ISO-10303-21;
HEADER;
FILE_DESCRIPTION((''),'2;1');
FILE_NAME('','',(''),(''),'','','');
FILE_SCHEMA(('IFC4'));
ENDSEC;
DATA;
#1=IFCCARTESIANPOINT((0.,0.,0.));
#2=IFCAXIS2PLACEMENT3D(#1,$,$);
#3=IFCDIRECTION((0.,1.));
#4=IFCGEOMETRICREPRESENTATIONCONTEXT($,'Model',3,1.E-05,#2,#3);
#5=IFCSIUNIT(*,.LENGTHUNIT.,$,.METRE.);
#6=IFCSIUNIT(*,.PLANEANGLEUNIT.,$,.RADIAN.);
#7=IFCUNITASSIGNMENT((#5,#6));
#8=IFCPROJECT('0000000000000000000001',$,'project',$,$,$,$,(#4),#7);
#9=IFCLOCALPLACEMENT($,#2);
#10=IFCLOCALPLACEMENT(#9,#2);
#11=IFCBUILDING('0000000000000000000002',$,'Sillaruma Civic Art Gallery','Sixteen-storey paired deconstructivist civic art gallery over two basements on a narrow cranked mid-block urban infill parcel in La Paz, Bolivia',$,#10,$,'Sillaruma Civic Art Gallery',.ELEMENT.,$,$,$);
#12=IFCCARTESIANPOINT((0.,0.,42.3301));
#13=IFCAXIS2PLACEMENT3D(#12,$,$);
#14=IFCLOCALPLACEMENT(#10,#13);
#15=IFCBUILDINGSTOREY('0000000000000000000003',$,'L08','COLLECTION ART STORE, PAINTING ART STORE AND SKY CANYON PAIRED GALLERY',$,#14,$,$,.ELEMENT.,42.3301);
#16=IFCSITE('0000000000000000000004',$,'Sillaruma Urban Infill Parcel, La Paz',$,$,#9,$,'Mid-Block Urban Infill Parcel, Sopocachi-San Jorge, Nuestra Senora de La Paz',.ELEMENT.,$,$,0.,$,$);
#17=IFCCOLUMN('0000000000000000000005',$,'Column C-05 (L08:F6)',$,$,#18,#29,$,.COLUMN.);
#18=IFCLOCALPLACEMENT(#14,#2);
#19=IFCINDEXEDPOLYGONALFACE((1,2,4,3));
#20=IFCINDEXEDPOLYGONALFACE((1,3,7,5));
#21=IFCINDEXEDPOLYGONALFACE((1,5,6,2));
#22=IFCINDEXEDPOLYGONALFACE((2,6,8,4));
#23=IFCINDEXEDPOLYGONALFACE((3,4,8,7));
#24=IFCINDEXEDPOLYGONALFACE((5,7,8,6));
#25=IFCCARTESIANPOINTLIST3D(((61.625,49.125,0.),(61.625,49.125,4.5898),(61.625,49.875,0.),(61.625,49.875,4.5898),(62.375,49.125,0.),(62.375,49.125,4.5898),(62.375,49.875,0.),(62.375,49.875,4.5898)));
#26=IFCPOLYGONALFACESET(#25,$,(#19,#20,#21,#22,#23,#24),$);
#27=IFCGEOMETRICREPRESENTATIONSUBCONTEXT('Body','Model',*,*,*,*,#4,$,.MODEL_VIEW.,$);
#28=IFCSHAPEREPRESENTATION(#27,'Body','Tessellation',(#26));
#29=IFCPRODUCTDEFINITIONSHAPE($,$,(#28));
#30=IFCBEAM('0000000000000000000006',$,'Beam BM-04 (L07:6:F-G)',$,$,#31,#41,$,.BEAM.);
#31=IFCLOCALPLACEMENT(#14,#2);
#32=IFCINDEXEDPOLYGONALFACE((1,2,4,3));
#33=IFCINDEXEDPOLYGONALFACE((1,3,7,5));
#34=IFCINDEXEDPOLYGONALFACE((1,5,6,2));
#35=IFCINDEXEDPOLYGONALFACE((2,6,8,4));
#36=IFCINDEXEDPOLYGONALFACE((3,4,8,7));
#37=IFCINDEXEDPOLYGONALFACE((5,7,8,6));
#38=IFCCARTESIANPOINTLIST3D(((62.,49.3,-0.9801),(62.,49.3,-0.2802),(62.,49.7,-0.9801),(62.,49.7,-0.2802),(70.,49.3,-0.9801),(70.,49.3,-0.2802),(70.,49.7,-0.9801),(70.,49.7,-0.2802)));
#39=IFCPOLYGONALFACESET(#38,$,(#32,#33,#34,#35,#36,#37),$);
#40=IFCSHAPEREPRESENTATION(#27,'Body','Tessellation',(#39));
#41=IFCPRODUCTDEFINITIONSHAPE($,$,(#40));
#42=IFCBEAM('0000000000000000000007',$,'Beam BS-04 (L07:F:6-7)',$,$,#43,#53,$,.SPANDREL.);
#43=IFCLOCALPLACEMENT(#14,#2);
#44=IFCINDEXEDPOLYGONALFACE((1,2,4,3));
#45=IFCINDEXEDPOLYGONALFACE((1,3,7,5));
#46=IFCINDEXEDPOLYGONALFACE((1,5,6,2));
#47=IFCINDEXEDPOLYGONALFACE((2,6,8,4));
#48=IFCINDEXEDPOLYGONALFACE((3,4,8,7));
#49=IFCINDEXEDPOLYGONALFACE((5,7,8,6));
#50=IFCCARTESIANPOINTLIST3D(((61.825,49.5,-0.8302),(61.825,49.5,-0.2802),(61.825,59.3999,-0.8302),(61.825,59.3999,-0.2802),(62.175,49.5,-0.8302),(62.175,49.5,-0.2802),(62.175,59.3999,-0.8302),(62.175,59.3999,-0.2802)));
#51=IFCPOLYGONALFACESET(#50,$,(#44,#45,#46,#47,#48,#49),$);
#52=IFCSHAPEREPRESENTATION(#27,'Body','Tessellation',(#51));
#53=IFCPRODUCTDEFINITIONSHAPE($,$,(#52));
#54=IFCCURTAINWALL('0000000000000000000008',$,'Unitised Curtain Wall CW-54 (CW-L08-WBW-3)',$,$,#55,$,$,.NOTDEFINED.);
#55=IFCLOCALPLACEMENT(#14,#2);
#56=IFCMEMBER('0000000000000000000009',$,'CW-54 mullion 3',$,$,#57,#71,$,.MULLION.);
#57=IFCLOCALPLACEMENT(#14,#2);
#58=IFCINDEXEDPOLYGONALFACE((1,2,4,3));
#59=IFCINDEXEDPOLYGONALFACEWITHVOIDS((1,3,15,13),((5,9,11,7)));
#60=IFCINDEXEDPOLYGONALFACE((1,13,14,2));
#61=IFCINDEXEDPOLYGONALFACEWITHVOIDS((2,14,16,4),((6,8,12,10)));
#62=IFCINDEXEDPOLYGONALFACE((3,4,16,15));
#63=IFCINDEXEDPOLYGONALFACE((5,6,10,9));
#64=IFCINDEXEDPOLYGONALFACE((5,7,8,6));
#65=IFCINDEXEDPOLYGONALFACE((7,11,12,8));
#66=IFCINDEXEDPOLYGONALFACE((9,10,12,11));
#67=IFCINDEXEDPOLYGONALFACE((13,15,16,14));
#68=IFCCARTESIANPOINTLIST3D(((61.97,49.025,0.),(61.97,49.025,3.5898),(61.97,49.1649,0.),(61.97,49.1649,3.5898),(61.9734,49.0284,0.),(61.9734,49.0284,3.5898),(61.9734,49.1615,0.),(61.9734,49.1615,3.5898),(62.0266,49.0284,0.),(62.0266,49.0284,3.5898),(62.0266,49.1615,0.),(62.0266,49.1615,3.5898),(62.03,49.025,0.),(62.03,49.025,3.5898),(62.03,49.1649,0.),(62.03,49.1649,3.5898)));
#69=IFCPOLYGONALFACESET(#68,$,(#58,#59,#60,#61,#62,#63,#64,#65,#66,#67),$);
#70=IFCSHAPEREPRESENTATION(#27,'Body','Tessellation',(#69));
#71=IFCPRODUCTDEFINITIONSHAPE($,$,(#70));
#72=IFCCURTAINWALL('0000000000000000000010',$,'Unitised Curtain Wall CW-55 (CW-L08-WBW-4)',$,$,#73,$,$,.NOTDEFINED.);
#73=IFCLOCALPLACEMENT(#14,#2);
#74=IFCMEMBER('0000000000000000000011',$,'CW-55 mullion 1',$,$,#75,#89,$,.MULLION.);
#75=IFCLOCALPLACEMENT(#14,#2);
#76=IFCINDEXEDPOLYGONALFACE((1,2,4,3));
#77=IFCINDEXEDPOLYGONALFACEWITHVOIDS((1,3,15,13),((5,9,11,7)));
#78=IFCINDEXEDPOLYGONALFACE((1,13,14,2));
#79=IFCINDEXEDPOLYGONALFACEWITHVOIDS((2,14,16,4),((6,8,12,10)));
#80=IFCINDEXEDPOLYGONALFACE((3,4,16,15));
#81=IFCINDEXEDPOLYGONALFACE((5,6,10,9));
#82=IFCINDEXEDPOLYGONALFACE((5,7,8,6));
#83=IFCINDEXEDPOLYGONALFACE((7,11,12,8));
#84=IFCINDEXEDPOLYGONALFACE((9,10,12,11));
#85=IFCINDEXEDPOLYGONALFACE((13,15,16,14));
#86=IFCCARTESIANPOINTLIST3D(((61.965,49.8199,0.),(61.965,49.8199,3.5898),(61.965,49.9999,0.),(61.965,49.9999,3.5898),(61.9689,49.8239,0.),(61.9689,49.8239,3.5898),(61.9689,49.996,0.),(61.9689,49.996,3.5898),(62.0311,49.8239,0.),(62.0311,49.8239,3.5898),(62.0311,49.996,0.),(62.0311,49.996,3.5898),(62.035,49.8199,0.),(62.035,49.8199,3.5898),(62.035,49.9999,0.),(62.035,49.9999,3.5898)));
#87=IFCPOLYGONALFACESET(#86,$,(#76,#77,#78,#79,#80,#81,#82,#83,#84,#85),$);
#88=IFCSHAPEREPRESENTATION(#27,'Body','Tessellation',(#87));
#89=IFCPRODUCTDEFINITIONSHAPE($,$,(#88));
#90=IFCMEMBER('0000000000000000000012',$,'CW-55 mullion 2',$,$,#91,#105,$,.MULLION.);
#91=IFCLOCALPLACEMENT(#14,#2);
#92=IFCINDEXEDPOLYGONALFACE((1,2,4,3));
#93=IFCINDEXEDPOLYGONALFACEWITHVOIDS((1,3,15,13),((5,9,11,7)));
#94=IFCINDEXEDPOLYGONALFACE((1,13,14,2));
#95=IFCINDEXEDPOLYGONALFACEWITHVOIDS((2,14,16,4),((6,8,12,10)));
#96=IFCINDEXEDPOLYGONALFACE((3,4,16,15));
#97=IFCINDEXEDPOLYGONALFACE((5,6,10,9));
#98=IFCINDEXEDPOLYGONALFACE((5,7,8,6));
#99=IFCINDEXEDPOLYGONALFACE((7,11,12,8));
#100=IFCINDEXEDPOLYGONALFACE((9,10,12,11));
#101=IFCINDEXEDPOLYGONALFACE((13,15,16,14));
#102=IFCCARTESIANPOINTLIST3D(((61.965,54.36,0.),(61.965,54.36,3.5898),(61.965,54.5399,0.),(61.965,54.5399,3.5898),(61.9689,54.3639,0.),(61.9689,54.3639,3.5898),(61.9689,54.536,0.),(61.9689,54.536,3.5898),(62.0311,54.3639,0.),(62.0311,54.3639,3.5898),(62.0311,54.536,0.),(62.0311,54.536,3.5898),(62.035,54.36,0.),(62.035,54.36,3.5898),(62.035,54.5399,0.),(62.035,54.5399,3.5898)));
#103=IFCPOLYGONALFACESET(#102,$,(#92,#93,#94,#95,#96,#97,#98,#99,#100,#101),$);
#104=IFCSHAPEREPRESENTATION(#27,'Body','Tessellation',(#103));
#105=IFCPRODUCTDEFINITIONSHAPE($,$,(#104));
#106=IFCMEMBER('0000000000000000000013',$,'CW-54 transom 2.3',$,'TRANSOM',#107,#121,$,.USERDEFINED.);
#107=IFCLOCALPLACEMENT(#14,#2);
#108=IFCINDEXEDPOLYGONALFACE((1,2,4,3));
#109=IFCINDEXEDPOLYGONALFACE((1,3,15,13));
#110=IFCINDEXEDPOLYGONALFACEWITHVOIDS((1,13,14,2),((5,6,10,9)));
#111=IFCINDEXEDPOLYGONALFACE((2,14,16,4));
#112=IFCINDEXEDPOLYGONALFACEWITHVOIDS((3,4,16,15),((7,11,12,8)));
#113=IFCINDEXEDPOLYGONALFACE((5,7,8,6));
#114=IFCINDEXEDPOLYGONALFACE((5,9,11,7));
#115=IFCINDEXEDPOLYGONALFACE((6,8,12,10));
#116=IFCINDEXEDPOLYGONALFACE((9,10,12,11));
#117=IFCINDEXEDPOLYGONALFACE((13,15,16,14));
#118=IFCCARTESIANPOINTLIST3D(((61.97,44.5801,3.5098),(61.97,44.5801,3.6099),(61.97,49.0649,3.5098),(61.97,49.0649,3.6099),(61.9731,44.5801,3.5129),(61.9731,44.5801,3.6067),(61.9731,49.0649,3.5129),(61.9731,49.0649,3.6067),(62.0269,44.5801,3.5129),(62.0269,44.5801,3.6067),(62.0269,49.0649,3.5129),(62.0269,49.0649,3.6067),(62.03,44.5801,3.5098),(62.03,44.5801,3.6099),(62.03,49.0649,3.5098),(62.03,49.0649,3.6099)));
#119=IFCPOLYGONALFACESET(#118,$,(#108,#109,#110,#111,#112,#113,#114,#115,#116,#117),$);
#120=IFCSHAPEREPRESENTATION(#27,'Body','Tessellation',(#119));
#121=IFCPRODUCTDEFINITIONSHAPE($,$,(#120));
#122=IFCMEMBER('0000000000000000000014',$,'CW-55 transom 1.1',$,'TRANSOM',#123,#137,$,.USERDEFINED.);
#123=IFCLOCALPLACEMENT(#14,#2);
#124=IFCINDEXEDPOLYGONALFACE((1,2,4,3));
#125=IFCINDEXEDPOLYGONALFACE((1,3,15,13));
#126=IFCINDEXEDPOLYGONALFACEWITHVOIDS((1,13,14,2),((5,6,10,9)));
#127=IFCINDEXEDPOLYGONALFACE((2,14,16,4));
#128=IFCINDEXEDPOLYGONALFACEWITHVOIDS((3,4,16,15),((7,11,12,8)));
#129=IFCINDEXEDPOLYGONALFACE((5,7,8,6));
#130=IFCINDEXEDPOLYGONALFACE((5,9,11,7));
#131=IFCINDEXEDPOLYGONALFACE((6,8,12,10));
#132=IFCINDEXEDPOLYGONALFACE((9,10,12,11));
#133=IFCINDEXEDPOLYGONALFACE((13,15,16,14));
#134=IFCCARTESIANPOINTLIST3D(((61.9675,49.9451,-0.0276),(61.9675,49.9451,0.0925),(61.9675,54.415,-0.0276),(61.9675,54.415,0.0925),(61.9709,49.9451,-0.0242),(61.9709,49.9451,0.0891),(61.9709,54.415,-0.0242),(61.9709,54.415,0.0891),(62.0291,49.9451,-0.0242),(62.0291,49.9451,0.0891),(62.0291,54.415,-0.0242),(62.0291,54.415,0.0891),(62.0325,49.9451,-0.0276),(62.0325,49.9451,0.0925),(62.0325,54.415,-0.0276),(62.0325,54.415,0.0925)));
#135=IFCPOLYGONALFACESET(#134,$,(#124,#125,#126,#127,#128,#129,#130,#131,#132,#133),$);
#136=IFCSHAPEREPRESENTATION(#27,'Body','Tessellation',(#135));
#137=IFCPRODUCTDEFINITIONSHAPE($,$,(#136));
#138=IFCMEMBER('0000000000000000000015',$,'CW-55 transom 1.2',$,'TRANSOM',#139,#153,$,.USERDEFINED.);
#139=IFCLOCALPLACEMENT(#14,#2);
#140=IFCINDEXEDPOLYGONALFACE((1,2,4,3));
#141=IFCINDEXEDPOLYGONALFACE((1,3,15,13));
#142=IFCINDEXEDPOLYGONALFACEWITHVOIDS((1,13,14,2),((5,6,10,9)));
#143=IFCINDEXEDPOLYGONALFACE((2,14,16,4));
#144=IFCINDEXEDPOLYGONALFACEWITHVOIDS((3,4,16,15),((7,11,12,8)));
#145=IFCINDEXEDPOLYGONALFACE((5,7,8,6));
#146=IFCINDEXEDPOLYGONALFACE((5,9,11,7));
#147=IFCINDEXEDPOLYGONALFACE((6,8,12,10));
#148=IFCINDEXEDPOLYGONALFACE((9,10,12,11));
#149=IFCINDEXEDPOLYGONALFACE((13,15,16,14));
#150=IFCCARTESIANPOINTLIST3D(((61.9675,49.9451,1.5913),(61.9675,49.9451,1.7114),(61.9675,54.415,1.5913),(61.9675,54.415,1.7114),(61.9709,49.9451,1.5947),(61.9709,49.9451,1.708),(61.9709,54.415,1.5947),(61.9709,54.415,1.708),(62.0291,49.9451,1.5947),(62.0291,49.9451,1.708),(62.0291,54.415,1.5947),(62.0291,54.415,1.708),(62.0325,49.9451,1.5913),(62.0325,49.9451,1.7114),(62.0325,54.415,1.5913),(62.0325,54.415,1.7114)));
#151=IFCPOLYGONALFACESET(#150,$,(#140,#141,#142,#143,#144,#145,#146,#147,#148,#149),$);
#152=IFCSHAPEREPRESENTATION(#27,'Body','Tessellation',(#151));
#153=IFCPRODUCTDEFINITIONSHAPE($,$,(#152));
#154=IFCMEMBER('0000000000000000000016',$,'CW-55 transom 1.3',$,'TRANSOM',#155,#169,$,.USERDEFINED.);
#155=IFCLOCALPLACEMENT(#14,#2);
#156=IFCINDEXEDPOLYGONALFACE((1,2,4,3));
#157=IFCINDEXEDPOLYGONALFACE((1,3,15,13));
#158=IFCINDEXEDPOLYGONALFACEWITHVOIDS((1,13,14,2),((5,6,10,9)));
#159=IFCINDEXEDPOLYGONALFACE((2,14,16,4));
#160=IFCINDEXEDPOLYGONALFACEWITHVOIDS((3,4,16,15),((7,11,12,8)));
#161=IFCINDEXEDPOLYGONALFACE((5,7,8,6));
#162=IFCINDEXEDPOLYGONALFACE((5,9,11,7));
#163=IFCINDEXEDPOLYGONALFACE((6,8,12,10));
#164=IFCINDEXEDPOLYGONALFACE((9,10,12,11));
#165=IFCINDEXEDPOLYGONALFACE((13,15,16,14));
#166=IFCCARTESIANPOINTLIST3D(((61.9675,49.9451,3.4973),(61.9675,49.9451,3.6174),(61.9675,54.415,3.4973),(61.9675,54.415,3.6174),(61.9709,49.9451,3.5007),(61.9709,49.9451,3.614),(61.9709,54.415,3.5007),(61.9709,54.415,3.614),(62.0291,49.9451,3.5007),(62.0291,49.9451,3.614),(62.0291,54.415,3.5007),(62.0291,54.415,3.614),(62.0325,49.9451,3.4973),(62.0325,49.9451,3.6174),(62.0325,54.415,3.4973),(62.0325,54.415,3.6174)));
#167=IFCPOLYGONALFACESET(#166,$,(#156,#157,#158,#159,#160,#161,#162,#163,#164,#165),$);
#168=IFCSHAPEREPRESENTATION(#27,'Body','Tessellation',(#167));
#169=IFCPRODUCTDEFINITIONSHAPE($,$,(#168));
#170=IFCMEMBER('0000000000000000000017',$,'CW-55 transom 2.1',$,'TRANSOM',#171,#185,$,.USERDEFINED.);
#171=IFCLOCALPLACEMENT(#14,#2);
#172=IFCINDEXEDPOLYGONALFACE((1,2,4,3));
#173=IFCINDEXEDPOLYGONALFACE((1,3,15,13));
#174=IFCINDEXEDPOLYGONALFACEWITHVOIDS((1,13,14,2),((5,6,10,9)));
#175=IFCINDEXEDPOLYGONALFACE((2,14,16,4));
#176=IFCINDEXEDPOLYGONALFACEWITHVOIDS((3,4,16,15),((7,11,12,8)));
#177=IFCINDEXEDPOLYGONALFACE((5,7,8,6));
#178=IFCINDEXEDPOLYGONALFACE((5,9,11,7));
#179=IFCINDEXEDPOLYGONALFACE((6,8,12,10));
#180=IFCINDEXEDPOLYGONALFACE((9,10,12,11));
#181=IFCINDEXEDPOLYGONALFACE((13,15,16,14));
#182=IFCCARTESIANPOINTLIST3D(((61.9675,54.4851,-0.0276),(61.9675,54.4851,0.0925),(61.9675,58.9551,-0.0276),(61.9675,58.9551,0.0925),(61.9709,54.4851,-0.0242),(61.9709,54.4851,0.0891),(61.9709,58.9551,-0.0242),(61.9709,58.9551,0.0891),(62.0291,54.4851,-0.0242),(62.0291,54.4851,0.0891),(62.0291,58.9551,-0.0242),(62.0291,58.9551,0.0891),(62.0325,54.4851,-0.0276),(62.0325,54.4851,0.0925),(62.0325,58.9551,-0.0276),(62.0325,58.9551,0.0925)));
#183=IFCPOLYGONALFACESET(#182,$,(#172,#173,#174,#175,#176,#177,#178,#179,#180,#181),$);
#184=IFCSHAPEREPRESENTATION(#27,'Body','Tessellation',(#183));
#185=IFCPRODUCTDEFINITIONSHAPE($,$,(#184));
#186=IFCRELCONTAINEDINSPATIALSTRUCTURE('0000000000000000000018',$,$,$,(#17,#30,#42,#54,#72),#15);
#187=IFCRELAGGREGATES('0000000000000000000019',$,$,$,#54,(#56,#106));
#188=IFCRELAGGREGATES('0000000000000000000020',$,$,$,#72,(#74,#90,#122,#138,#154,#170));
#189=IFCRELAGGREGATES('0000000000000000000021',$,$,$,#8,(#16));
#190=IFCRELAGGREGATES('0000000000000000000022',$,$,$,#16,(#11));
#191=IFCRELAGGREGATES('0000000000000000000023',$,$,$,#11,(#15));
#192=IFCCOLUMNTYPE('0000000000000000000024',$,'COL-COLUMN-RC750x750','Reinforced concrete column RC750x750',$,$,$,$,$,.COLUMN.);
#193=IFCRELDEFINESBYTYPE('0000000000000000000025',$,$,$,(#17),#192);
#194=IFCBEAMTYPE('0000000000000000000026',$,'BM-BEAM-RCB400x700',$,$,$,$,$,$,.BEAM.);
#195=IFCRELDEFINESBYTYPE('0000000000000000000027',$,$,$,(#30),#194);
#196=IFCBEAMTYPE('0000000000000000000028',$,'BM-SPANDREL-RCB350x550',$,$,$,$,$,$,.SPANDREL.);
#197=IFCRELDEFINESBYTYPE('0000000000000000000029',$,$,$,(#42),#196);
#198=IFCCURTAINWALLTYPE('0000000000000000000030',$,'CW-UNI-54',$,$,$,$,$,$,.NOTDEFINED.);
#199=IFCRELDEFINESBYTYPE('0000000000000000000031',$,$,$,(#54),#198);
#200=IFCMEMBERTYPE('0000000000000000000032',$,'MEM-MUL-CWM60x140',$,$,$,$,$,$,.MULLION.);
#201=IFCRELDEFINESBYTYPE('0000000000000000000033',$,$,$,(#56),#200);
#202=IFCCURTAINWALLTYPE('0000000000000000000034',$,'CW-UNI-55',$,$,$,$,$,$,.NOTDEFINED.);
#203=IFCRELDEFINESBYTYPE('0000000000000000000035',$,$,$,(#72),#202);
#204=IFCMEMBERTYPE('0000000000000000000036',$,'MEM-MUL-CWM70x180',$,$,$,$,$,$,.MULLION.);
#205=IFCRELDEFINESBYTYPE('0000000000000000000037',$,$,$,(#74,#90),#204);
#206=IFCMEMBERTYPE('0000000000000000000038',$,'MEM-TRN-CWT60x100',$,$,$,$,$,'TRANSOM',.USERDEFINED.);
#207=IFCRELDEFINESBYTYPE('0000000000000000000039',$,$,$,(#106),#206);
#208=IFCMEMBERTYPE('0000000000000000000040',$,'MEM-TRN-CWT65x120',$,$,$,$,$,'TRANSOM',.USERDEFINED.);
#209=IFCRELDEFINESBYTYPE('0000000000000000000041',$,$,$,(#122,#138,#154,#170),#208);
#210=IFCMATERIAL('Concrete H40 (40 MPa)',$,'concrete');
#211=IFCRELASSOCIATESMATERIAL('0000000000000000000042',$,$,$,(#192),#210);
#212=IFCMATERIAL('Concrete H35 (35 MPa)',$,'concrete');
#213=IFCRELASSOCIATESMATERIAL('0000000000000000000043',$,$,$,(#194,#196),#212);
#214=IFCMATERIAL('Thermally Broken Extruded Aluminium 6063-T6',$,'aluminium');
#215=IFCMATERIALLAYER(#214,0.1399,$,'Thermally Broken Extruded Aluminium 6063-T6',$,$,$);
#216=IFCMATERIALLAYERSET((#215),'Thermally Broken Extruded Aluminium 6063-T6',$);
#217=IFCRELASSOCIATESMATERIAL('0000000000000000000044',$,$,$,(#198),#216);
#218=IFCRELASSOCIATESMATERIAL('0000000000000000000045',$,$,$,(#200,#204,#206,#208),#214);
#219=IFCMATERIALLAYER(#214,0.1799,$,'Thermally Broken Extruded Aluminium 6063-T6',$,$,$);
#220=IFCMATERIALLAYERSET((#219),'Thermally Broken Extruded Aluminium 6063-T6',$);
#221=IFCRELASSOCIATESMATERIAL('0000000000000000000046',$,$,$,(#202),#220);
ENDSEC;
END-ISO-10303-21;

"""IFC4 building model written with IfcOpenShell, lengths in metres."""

from ifc_helpers import new_model, si_unit, direction, frame, origin, origin_2d, place, context, subcontext, project, spatial, rectangle, hollow_rectangle, extrude, material, layer, layer_set, material_profile, profile_set, type_object, element, aggregate, save


model = new_model("IFC4")

# Units and contexts
model_context = context("Model", 3, precision=1e-05, world=origin(), true_north=direction((0.0, 1.0)))
body_context = subcontext(model_context, "Body", "Model", "MODEL_VIEW")
ifc_project = project(units=[si_unit("LENGTHUNIT", "METRE"), si_unit("PLANEANGLEUNIT", "RADIAN")], contexts=[model_context])

# Site, building, storey
site_placement = place(None, origin())
site = spatial("IfcSite", under=ifc_project, at=site_placement, Name="Sillaruma Urban Infill Parcel, La Paz", LongName="Mid-Block Urban Infill Parcel, Sopocachi-San Jorge, Nuestra Senora de La Paz", CompositionType="ELEMENT", RefElevation=0.0)
building_placement = place(site_placement, origin())
building = spatial("IfcBuilding", under=site, at=building_placement, Name="Sillaruma Civic Art Gallery", Description="Sixteen-storey paired deconstructivist civic art gallery over two basements on a narrow cranked mid-block urban infill parcel in La Paz, Bolivia", LongName="Sillaruma Civic Art Gallery", CompositionType="ELEMENT")
storey_placement = place(building_placement, frame((0.0, 0.0, 42.3301)))
storey = spatial("IfcBuildingStorey", under=building, at=storey_placement, Name="L08", Description="COLLECTION ART STORE, PAINTING ART STORE AND SKY CANYON PAIRED GALLERY", CompositionType="ELEMENT", Elevation=42.3301)

# Column
ifc_material_1 = material(Name="Concrete H40 (40 MPa)", Category="concrete")
ifc_material_profile_1 = material_profile(ifc_material_1, rectangle(XDim=0.75, YDim=0.75, at=origin_2d()), Name="RC750x750")
ifc_profile_set_1 = profile_set([ifc_material_profile_1], Name="Concrete H40 (40 MPa)")
column_type = type_object("IfcColumnType", Name="COL-COLUMN-RC750x750", Description="Reinforced concrete column RC750x750", PredefinedType="COLUMN", material=ifc_profile_set_1)
column_placement = place(storey_placement, frame((62.0, 49.5, 0.0), z_axis=(0.0, 0.0, 1.0), x_axis=(1.0, 0.0, 0.0)))
element("IfcColumn", 1, at=column_placement, inside=storey, type_object=column_type, Name="Column C-05 (L08:F6)", PredefinedType="COLUMN", context=body_context, shape_type="SweptSolid", body=[
    extrude(rectangle(XDim=0.75, YDim=0.75, at=origin_2d()), origin(), (0.0, 0.0, 1.0), 4.5898),
])

# Beams
ifc_material_2 = material(Name="Concrete H35 (35 MPa)", Category="concrete")
ifc_material_profile_2 = material_profile(ifc_material_2, rectangle(XDim=0.3999, YDim=0.7, at=origin_2d()), Name="RCB400x700")
ifc_profile_set_2 = profile_set([ifc_material_profile_2], Name="Concrete H35 (35 MPa)")
beam_type_1 = type_object("IfcBeamType", Name="BM-BEAM-RCB400x700", PredefinedType="BEAM", material=ifc_profile_set_2)
beam_1_placement = place(storey_placement, frame((62.0, 49.5, -0.6301), z_axis=(1.0, 0.0, 0.0), x_axis=(0.0, 1.0, 0.0)))
element("IfcBeam", 2, at=beam_1_placement, inside=storey, type_object=beam_type_1, Name="Beam BM-04 (L07:6:F-G)", PredefinedType="BEAM", context=body_context, shape_type="SweptSolid", body=[
    extrude(rectangle(XDim=0.3999, YDim=0.7, at=origin_2d()), origin(), (0.0, 0.0, 1.0), 8.0),
])
ifc_material_profile_3 = material_profile(ifc_material_2, rectangle(XDim=0.3501, YDim=0.55, at=origin_2d()), Name="RCB350x550")
ifc_profile_set_3 = profile_set([ifc_material_profile_3], Name="Concrete H35 (35 MPa)")
beam_type_2 = type_object("IfcBeamType", Name="BM-SPANDREL-RCB350x550", PredefinedType="SPANDREL", material=ifc_profile_set_3)
beam_2_placement = place(storey_placement, frame((62.0, 49.5, -0.5552), z_axis=(0.0, 1.0, 0.0), x_axis=(-1.0, 0.0, 0.0)))
element("IfcBeam", 3, at=beam_2_placement, inside=storey, type_object=beam_type_2, Name="Beam BS-04 (L07:F:6-7)", PredefinedType="SPANDREL", context=body_context, shape_type="SweptSolid", body=[
    extrude(rectangle(XDim=0.3501, YDim=0.55, at=origin_2d()), origin(), (0.0, 0.0, 1.0), 9.8999),
])

# Curtain wall, member
ifc_material_3 = material(Name="Thermally Broken Extruded Aluminium 6063-T6", Category="aluminium")
ifc_layer_1 = layer(ifc_material_3, 0.1399, Name="Thermally Broken Extruded Aluminium 6063-T6")
ifc_layer_set_1 = layer_set([ifc_layer_1], Name="Thermally Broken Extruded Aluminium 6063-T6")
curtain_wall_type_1 = type_object("IfcCurtainWallType", Name="CW-UNI-54", PredefinedType="NOTDEFINED", material=ifc_layer_set_1)
curtain_wall_1_placement = place(storey_placement, origin())
curtain_wall_1 = element("IfcCurtainWall", 4, at=curtain_wall_1_placement, inside=storey, type_object=curtain_wall_type_1, Name="Unitised Curtain Wall CW-54 (CW-L08-WBW-3)", PredefinedType="NOTDEFINED")
ifc_material_profile_4 = material_profile(ifc_material_3, hollow_rectangle(XDim=0.0601, YDim=0.1399, WallThickness=0.0034, at=origin_2d()), Name="CWM60x140")
ifc_profile_set_4 = profile_set([ifc_material_profile_4], Name="Thermally Broken Extruded Aluminium 6063-T6")
member_type_1 = type_object("IfcMemberType", Name="MEM-MUL-CWM60x140", PredefinedType="MULLION", material=ifc_profile_set_4)
member_1_placement = place(storey_placement, frame((62.0, 49.095, 0.0), z_axis=(0.0, 0.0, 1.0), x_axis=(-1.0, 0.0, 0.0)))
member_1 = element("IfcMember", 5, at=member_1_placement, type_object=member_type_1, Name="CW-54 mullion 3", PredefinedType="MULLION", context=body_context, shape_type="SweptSolid", body=[
    extrude(hollow_rectangle(XDim=0.0601, YDim=0.1399, WallThickness=0.0034, at=origin_2d()), origin(), (0.0, 0.0, 1.0), 3.5898),
])

# Curtain wall, members
ifc_layer_2 = layer(ifc_material_3, 0.1799, Name="Thermally Broken Extruded Aluminium 6063-T6")
ifc_layer_set_2 = layer_set([ifc_layer_2], Name="Thermally Broken Extruded Aluminium 6063-T6")
curtain_wall_type_2 = type_object("IfcCurtainWallType", Name="CW-UNI-55", PredefinedType="NOTDEFINED", material=ifc_layer_set_2)
curtain_wall_2_placement = place(storey_placement, origin())
curtain_wall_2 = element("IfcCurtainWall", 6, at=curtain_wall_2_placement, inside=storey, type_object=curtain_wall_type_2, Name="Unitised Curtain Wall CW-55 (CW-L08-WBW-4)", PredefinedType="NOTDEFINED")
ifc_material_profile_5 = material_profile(ifc_material_3, hollow_rectangle(XDim=0.0701, YDim=0.1799, WallThickness=0.0039, at=origin_2d()), Name="CWM70x180")
ifc_profile_set_5 = profile_set([ifc_material_profile_5], Name="Thermally Broken Extruded Aluminium 6063-T6")
member_type_2 = type_object("IfcMemberType", Name="MEM-MUL-CWM70x180", PredefinedType="MULLION", material=ifc_profile_set_5)
member_2_placement = place(storey_placement, frame((62.0, 49.9099, 0.0), z_axis=(0.0, 0.0, 1.0), x_axis=(-1.0, 0.0, 0.0)))
member_2 = element("IfcMember", 7, at=member_2_placement, type_object=member_type_2, Name="CW-55 mullion 1", PredefinedType="MULLION", context=body_context, shape_type="SweptSolid", body=[
    extrude(hollow_rectangle(XDim=0.0701, YDim=0.1799, WallThickness=0.0039, at=origin_2d()), origin(), (0.0, 0.0, 1.0), 3.5898),
])
member_3_placement = place(storey_placement, frame((62.0, 54.45, 0.0), z_axis=(0.0, 0.0, 1.0), x_axis=(-1.0, 0.0, 0.0)))
member_3 = element("IfcMember", 8, at=member_3_placement, type_object=member_type_2, Name="CW-55 mullion 2", PredefinedType="MULLION", context=body_context, shape_type="SweptSolid", body=[
    extrude(hollow_rectangle(XDim=0.0701, YDim=0.1799, WallThickness=0.0039, at=origin_2d()), origin(), (0.0, 0.0, 1.0), 3.5898),
])

# Members
ifc_material_profile_6 = material_profile(ifc_material_3, hollow_rectangle(XDim=0.0601, YDim=0.1001, WallThickness=0.0032, at=origin_2d()), Name="CWT60x100")
ifc_profile_set_6 = profile_set([ifc_material_profile_6], Name="Thermally Broken Extruded Aluminium 6063-T6")
member_type_3 = type_object("IfcMemberType", Name="MEM-TRN-CWT60x100", ElementType="TRANSOM", PredefinedType="USERDEFINED", material=ifc_profile_set_6)
member_4_placement = place(storey_placement, frame((62.0, 44.5801, 3.5598), z_axis=(0.0, 1.0, 0.0), x_axis=(-1.0, 0.0, 0.0)))
member_4 = element("IfcMember", 9, at=member_4_placement, type_object=member_type_3, Name="CW-54 transom 2.3", ObjectType="TRANSOM", PredefinedType="USERDEFINED", context=body_context, shape_type="SweptSolid", body=[
    extrude(hollow_rectangle(XDim=0.0601, YDim=0.1001, WallThickness=0.0032, at=origin_2d()), origin(), (0.0, 0.0, 1.0), 4.4849),
])
ifc_material_profile_7 = material_profile(ifc_material_3, hollow_rectangle(XDim=0.0649, YDim=0.1201, WallThickness=0.0034, at=origin_2d()), Name="CWT65x120")
ifc_profile_set_7 = profile_set([ifc_material_profile_7], Name="Thermally Broken Extruded Aluminium 6063-T6")
member_type_4 = type_object("IfcMemberType", Name="MEM-TRN-CWT65x120", ElementType="TRANSOM", PredefinedType="USERDEFINED", material=ifc_profile_set_7)
member_5_placement = place(storey_placement, frame((62.0, 49.9451, 0.0325), z_axis=(0.0, 1.0, 0.0), x_axis=(-1.0, 0.0, 0.0)))
member_5 = element("IfcMember", 10, at=member_5_placement, type_object=member_type_4, Name="CW-55 transom 1.1", ObjectType="TRANSOM", PredefinedType="USERDEFINED", context=body_context, shape_type="SweptSolid", body=[
    extrude(hollow_rectangle(XDim=0.0649, YDim=0.1201, WallThickness=0.0034, at=origin_2d()), origin(), (0.0, 0.0, 1.0), 4.47),
])
member_6_placement = place(storey_placement, frame((62.0, 49.9451, 1.6514), z_axis=(0.0, 1.0, 0.0), x_axis=(-1.0, 0.0, 0.0)))
member_6 = element("IfcMember", 11, at=member_6_placement, type_object=member_type_4, Name="CW-55 transom 1.2", ObjectType="TRANSOM", PredefinedType="USERDEFINED", context=body_context, shape_type="SweptSolid", body=[
    extrude(hollow_rectangle(XDim=0.0649, YDim=0.1201, WallThickness=0.0034, at=origin_2d()), origin(), (0.0, 0.0, 1.0), 4.47),
])
member_7_placement = place(storey_placement, frame((62.0, 49.9451, 3.5574), z_axis=(0.0, 1.0, 0.0), x_axis=(-1.0, 0.0, 0.0)))
member_7 = element("IfcMember", 12, at=member_7_placement, type_object=member_type_4, Name="CW-55 transom 1.3", ObjectType="TRANSOM", PredefinedType="USERDEFINED", context=body_context, shape_type="SweptSolid", body=[
    extrude(hollow_rectangle(XDim=0.0649, YDim=0.1201, WallThickness=0.0034, at=origin_2d()), origin(), (0.0, 0.0, 1.0), 4.47),
])
member_8_placement = place(storey_placement, frame((62.0, 54.4851, 0.0325), z_axis=(0.0, 1.0, 0.0), x_axis=(-1.0, 0.0, 0.0)))
member_8 = element("IfcMember", 13, at=member_8_placement, type_object=member_type_4, Name="CW-55 transom 2.1", ObjectType="TRANSOM", PredefinedType="USERDEFINED", context=body_context, shape_type="SweptSolid", body=[
    extrude(hollow_rectangle(XDim=0.0649, YDim=0.1201, WallThickness=0.0034, at=origin_2d()), origin(), (0.0, 0.0, 1.0), 4.47),
])

aggregate(curtain_wall_1, [member_1, member_4])
aggregate(curtain_wall_2, [member_2, member_3, member_5, member_6, member_7, member_8])

save(model, "model.ifc")
